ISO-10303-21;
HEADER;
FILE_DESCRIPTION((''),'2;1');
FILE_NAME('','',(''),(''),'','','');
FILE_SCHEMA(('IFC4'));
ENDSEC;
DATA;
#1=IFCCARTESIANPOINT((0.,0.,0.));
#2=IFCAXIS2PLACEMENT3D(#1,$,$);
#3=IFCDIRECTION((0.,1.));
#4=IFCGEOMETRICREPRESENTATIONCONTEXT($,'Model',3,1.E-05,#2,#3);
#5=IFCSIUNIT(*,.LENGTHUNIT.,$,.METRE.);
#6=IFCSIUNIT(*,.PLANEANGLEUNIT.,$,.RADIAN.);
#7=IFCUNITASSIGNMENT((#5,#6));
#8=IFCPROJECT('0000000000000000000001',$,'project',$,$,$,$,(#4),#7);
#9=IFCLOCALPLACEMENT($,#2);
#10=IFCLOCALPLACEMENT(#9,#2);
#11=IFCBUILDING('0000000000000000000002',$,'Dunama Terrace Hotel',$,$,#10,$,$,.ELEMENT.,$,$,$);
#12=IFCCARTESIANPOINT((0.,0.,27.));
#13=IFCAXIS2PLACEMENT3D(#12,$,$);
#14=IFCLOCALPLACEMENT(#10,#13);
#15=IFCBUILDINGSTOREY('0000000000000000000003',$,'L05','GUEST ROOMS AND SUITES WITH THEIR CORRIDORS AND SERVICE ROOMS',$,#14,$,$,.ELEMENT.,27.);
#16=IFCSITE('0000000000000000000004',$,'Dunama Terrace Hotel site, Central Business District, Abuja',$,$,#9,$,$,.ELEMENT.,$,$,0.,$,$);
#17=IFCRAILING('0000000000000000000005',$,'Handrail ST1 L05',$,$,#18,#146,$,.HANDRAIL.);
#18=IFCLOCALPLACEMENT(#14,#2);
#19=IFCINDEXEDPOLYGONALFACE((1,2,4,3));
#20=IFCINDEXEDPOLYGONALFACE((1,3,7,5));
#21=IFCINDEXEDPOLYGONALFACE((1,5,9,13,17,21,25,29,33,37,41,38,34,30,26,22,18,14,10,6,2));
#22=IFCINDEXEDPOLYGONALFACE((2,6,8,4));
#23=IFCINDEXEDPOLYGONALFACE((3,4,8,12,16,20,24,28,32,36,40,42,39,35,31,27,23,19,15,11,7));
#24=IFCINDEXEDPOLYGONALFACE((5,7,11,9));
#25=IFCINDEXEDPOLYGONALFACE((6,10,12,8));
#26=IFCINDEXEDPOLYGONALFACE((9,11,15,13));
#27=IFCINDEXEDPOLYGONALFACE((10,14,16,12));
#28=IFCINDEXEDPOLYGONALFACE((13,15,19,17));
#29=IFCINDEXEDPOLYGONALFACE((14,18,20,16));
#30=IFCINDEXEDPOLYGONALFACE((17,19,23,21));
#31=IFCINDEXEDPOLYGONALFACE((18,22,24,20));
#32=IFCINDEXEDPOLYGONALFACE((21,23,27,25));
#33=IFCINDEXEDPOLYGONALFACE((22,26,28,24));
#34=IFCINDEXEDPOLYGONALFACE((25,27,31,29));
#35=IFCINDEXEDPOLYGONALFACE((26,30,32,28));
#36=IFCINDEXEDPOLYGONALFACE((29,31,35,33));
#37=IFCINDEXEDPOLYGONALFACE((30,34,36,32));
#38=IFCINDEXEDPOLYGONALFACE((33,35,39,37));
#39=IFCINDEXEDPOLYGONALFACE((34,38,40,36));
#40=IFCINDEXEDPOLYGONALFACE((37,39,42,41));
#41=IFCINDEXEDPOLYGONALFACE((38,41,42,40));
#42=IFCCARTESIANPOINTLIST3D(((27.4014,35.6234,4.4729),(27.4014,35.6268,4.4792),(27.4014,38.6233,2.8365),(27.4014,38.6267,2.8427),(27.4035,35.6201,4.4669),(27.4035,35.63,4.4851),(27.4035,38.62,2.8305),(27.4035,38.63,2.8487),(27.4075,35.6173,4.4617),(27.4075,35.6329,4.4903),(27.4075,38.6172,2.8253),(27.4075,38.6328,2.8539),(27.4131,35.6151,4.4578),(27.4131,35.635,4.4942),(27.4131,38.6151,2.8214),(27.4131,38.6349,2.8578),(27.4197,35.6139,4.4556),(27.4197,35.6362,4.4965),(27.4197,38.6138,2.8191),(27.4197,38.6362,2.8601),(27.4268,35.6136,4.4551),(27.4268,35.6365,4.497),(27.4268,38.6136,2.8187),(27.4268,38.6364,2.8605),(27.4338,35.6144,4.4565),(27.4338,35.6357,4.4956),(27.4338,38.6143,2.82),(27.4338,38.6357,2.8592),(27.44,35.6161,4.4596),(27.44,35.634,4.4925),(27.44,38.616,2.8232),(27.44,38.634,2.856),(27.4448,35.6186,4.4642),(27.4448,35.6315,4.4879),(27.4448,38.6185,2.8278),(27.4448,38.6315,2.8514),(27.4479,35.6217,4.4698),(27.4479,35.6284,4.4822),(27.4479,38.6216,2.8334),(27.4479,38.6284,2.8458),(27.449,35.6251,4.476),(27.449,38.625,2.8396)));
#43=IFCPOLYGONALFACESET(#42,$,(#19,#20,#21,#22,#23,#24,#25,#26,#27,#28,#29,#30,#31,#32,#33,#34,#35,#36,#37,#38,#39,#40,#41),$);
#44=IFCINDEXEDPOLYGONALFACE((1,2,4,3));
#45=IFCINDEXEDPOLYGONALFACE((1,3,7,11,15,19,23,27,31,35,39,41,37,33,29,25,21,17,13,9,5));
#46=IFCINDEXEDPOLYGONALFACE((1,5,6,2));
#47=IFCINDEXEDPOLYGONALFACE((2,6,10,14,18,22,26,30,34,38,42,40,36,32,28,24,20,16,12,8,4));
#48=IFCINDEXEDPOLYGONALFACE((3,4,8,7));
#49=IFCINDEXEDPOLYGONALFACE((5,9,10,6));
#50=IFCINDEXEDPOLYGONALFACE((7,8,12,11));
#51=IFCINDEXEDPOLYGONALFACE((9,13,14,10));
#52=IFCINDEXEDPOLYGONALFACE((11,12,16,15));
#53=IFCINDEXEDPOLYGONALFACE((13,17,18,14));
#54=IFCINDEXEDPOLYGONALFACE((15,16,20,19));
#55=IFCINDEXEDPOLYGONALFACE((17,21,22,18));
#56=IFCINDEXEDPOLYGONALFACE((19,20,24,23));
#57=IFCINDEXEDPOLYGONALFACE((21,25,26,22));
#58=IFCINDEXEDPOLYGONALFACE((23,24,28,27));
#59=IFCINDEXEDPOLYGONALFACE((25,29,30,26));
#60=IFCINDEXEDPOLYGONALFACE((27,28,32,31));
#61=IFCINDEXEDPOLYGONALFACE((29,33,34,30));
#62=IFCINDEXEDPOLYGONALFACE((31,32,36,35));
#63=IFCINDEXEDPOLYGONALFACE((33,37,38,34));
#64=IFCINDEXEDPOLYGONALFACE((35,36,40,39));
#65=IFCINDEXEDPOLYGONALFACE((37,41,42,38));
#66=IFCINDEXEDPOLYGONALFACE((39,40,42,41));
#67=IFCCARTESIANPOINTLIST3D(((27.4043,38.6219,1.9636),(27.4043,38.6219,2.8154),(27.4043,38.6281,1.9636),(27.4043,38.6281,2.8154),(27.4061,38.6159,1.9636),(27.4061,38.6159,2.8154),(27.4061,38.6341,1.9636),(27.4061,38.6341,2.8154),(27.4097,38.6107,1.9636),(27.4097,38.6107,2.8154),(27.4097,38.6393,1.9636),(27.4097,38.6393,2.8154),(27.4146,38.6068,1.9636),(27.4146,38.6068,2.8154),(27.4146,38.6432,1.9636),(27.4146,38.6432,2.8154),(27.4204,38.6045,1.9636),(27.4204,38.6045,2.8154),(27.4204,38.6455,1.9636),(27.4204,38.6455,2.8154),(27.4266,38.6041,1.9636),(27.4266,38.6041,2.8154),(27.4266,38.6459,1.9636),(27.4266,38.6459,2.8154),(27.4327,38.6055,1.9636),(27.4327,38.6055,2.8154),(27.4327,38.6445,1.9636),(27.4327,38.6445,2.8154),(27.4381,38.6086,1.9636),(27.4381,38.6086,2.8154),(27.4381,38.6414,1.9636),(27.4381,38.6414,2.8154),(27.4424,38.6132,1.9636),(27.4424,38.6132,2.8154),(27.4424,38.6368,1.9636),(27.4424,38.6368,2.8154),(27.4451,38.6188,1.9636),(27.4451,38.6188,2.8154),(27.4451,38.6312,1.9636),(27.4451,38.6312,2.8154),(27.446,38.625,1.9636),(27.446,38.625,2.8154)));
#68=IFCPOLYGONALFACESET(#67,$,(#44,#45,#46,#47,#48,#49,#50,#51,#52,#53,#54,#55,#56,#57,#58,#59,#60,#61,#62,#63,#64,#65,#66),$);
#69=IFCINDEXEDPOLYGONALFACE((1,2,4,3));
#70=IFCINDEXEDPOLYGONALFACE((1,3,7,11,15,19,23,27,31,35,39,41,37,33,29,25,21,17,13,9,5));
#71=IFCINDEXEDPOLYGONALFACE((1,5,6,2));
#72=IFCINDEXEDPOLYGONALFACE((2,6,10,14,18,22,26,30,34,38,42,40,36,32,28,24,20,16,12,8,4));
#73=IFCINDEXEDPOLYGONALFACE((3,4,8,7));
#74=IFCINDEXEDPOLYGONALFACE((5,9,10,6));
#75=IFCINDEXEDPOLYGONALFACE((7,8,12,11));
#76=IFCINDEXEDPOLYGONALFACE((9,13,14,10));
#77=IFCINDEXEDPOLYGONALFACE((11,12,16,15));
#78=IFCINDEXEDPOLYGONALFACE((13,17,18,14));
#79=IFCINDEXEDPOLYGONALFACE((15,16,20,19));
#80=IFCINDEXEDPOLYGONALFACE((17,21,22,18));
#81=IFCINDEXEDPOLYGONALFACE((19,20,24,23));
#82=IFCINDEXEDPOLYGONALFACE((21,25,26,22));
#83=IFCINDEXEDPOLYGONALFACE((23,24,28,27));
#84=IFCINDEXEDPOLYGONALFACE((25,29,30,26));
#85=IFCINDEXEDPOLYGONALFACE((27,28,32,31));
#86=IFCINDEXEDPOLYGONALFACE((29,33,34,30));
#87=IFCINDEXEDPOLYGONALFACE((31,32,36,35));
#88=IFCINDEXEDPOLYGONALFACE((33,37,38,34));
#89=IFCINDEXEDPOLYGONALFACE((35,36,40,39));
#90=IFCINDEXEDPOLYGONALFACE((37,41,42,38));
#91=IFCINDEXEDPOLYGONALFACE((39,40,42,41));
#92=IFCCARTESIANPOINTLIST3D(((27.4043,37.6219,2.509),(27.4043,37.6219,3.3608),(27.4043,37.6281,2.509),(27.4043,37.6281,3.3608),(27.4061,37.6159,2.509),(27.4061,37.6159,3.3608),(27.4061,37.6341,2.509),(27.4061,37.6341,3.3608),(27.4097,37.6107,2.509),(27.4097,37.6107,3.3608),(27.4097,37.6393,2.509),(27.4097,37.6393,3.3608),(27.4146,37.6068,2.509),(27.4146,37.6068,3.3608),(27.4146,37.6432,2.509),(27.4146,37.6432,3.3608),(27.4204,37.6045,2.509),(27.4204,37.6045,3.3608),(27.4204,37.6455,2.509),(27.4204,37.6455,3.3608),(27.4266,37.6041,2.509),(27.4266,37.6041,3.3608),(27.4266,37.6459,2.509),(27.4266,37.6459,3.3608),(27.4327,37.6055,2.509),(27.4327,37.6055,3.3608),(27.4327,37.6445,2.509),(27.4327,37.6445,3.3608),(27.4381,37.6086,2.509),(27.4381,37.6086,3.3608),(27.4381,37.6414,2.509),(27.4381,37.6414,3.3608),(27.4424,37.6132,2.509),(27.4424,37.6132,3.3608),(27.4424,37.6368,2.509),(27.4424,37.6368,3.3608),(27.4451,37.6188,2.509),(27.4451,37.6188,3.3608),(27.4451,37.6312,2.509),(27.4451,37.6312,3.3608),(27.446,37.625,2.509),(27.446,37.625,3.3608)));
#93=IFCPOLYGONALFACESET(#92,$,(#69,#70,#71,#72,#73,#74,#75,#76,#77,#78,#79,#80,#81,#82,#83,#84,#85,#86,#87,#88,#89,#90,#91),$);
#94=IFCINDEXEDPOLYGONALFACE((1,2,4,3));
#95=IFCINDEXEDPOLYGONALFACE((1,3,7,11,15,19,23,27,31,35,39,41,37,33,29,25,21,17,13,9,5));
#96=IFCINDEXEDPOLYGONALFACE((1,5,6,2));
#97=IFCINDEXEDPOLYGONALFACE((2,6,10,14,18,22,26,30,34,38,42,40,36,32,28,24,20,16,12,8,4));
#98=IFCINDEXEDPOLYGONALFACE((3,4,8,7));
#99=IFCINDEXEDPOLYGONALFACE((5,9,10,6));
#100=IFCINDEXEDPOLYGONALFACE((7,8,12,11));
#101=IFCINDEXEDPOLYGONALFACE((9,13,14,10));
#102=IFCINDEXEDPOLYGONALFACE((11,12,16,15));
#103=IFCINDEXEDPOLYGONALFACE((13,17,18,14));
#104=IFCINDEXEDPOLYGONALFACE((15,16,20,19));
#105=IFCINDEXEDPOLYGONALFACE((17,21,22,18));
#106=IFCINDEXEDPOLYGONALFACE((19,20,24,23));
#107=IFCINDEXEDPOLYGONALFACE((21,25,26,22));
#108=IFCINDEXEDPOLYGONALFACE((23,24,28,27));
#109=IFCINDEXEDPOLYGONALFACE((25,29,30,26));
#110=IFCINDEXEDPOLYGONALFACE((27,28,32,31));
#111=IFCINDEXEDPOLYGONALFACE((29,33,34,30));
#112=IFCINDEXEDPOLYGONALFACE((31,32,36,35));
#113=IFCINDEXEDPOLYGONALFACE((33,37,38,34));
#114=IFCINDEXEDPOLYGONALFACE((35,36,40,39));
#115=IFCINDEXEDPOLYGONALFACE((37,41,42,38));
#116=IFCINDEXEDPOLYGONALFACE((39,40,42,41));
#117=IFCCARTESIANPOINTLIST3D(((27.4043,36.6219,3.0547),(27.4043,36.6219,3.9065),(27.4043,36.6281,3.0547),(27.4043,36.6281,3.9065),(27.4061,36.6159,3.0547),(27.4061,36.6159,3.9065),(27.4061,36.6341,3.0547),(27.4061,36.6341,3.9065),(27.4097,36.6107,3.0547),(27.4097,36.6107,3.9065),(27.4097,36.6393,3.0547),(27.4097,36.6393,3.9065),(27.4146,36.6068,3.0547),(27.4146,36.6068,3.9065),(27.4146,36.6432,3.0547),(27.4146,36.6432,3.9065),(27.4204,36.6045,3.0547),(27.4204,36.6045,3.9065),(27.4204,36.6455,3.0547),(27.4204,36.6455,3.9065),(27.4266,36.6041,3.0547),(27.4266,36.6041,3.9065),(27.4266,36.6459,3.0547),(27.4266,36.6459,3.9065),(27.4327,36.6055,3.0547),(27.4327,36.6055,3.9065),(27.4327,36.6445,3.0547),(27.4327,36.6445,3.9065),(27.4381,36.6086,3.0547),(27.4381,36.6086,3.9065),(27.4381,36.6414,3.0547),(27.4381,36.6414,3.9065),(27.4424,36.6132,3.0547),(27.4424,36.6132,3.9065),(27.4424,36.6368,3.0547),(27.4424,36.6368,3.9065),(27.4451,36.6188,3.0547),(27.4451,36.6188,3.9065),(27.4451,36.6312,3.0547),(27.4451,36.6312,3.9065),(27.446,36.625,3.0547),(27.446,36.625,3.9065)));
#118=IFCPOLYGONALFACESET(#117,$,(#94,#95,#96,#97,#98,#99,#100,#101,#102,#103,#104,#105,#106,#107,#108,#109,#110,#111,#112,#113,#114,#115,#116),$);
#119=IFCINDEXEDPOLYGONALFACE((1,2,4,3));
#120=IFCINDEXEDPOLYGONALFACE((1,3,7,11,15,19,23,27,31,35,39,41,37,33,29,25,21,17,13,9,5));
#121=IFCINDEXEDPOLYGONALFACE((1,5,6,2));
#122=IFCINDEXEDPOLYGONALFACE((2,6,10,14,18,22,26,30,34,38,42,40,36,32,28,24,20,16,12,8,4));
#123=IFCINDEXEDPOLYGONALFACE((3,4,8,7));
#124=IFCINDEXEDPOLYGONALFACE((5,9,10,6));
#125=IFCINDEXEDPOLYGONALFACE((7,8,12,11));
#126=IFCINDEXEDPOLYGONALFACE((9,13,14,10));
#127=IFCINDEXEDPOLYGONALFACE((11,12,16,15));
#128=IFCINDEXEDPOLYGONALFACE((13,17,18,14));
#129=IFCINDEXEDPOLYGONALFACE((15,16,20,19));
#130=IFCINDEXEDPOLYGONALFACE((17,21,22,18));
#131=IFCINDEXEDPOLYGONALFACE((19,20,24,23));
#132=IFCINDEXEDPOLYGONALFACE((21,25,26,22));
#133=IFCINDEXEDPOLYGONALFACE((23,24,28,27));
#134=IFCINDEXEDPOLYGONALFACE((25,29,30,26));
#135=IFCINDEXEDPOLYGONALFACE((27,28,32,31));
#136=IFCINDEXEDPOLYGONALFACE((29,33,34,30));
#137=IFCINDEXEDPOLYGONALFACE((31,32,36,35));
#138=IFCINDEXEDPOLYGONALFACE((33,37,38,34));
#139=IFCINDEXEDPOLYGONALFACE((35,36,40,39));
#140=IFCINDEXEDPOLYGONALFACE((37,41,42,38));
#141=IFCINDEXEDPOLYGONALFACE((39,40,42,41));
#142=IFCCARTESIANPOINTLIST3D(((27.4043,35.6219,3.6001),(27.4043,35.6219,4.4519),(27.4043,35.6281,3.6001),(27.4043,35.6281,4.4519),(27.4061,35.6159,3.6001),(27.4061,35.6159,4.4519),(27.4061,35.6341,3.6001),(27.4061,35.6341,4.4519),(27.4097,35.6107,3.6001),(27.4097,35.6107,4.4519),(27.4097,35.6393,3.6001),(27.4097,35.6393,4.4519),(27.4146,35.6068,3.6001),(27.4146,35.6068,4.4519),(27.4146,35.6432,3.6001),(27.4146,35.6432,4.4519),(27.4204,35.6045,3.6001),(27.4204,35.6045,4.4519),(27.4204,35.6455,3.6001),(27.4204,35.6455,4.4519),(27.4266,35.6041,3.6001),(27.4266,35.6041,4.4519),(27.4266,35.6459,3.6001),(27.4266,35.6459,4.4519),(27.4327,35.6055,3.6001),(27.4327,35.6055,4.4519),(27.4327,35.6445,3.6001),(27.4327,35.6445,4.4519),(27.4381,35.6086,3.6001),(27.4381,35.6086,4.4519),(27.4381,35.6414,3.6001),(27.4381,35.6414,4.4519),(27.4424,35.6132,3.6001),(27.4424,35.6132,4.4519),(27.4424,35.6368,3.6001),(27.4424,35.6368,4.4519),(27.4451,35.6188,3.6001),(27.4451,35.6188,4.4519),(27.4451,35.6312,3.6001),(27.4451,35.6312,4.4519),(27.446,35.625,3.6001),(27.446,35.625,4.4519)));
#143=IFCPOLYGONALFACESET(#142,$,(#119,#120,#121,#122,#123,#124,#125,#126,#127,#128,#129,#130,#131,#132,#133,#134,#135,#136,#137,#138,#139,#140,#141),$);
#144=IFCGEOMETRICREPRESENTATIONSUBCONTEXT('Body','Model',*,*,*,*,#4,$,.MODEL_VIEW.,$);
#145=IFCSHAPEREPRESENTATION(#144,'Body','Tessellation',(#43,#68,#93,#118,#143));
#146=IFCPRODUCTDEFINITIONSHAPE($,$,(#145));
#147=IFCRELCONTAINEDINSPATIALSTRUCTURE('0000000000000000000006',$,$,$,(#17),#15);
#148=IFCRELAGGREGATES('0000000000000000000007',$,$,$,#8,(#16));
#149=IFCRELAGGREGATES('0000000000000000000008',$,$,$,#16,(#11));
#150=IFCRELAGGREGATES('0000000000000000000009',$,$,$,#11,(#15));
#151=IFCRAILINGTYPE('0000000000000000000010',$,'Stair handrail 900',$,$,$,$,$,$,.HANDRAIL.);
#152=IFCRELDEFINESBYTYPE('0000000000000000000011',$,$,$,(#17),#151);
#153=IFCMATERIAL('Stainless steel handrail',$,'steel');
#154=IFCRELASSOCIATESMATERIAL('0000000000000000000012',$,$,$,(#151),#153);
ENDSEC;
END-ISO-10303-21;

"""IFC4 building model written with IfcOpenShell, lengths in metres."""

from ifc_helpers import new_model, si_unit, direction, frame, origin, origin_2d, place, context, subcontext, project, spatial, circle, extrude, material, type_object, element, save


model = new_model("IFC4")

# Units and contexts
model_context = context("Model", 3, precision=1e-05, world=origin(), true_north=direction((0.0, 1.0)))
body_context = subcontext(model_context, "Body", "Model", "MODEL_VIEW")
ifc_project = project(units=[si_unit("LENGTHUNIT", "METRE"), si_unit("PLANEANGLEUNIT", "RADIAN")], contexts=[model_context])

# Site, building, storey
site_placement = place(None, origin())
site = spatial("IfcSite", under=ifc_project, at=site_placement, Name="Dunama Terrace Hotel site, Central Business District, Abuja", CompositionType="ELEMENT", RefElevation=0.0)
building_placement = place(site_placement, origin())
building = spatial("IfcBuilding", under=site, at=building_placement, Name="Dunama Terrace Hotel", CompositionType="ELEMENT")
storey_placement = place(building_placement, frame((0.0, 0.0, 27.0)))
storey = spatial("IfcBuildingStorey", under=building, at=storey_placement, Name="L05", Description="GUEST ROOMS AND SUITES WITH THEIR CORRIDORS AND SERVICE ROOMS", CompositionType="ELEMENT", Elevation=27.0)

# Railing
ifc_material_1 = material(Name="Stainless steel handrail", Category="steel")
railing_type = type_object("IfcRailingType", Name="Stair handrail 900", PredefinedType="HANDRAIL", material=ifc_material_1)
railing_1_placement = place(storey_placement, frame((27.425, 38.625, 1.9636)))
element("IfcRailing", 1, at=railing_1_placement, inside=storey, type_object=railing_type, Name="Handrail ST1 L05", PredefinedType="HANDRAIL", context=body_context, shape_type="SweptSolid", body=[
    extrude(circle(Radius=0.0239, at=origin_2d()), frame((0.0, 0.0, 0.876), z_axis=(0.0, -0.877882, 0.478877), x_axis=(1.0, 0.0, 0.0)), (0.0, 0.0, 1.0), 3.4172),
    extrude(circle(Radius=0.021, at=origin_2d()), origin(), (0.0, 0.0, 1.0), 0.8518),
    extrude(circle(Radius=0.021, at=origin_2d()), frame((0.0, -1.0, 0.5454)), (0.0, 0.0, 1.0), 0.8518),
    extrude(circle(Radius=0.021, at=origin_2d()), frame((0.0, -2.0, 1.0911)), (0.0, 0.0, 1.0), 0.8518),
    extrude(circle(Radius=0.021, at=origin_2d()), frame((0.0, -3.0, 1.6365)), (0.0, 0.0, 1.0), 0.8518),
])

save(model, "model.ifc")
